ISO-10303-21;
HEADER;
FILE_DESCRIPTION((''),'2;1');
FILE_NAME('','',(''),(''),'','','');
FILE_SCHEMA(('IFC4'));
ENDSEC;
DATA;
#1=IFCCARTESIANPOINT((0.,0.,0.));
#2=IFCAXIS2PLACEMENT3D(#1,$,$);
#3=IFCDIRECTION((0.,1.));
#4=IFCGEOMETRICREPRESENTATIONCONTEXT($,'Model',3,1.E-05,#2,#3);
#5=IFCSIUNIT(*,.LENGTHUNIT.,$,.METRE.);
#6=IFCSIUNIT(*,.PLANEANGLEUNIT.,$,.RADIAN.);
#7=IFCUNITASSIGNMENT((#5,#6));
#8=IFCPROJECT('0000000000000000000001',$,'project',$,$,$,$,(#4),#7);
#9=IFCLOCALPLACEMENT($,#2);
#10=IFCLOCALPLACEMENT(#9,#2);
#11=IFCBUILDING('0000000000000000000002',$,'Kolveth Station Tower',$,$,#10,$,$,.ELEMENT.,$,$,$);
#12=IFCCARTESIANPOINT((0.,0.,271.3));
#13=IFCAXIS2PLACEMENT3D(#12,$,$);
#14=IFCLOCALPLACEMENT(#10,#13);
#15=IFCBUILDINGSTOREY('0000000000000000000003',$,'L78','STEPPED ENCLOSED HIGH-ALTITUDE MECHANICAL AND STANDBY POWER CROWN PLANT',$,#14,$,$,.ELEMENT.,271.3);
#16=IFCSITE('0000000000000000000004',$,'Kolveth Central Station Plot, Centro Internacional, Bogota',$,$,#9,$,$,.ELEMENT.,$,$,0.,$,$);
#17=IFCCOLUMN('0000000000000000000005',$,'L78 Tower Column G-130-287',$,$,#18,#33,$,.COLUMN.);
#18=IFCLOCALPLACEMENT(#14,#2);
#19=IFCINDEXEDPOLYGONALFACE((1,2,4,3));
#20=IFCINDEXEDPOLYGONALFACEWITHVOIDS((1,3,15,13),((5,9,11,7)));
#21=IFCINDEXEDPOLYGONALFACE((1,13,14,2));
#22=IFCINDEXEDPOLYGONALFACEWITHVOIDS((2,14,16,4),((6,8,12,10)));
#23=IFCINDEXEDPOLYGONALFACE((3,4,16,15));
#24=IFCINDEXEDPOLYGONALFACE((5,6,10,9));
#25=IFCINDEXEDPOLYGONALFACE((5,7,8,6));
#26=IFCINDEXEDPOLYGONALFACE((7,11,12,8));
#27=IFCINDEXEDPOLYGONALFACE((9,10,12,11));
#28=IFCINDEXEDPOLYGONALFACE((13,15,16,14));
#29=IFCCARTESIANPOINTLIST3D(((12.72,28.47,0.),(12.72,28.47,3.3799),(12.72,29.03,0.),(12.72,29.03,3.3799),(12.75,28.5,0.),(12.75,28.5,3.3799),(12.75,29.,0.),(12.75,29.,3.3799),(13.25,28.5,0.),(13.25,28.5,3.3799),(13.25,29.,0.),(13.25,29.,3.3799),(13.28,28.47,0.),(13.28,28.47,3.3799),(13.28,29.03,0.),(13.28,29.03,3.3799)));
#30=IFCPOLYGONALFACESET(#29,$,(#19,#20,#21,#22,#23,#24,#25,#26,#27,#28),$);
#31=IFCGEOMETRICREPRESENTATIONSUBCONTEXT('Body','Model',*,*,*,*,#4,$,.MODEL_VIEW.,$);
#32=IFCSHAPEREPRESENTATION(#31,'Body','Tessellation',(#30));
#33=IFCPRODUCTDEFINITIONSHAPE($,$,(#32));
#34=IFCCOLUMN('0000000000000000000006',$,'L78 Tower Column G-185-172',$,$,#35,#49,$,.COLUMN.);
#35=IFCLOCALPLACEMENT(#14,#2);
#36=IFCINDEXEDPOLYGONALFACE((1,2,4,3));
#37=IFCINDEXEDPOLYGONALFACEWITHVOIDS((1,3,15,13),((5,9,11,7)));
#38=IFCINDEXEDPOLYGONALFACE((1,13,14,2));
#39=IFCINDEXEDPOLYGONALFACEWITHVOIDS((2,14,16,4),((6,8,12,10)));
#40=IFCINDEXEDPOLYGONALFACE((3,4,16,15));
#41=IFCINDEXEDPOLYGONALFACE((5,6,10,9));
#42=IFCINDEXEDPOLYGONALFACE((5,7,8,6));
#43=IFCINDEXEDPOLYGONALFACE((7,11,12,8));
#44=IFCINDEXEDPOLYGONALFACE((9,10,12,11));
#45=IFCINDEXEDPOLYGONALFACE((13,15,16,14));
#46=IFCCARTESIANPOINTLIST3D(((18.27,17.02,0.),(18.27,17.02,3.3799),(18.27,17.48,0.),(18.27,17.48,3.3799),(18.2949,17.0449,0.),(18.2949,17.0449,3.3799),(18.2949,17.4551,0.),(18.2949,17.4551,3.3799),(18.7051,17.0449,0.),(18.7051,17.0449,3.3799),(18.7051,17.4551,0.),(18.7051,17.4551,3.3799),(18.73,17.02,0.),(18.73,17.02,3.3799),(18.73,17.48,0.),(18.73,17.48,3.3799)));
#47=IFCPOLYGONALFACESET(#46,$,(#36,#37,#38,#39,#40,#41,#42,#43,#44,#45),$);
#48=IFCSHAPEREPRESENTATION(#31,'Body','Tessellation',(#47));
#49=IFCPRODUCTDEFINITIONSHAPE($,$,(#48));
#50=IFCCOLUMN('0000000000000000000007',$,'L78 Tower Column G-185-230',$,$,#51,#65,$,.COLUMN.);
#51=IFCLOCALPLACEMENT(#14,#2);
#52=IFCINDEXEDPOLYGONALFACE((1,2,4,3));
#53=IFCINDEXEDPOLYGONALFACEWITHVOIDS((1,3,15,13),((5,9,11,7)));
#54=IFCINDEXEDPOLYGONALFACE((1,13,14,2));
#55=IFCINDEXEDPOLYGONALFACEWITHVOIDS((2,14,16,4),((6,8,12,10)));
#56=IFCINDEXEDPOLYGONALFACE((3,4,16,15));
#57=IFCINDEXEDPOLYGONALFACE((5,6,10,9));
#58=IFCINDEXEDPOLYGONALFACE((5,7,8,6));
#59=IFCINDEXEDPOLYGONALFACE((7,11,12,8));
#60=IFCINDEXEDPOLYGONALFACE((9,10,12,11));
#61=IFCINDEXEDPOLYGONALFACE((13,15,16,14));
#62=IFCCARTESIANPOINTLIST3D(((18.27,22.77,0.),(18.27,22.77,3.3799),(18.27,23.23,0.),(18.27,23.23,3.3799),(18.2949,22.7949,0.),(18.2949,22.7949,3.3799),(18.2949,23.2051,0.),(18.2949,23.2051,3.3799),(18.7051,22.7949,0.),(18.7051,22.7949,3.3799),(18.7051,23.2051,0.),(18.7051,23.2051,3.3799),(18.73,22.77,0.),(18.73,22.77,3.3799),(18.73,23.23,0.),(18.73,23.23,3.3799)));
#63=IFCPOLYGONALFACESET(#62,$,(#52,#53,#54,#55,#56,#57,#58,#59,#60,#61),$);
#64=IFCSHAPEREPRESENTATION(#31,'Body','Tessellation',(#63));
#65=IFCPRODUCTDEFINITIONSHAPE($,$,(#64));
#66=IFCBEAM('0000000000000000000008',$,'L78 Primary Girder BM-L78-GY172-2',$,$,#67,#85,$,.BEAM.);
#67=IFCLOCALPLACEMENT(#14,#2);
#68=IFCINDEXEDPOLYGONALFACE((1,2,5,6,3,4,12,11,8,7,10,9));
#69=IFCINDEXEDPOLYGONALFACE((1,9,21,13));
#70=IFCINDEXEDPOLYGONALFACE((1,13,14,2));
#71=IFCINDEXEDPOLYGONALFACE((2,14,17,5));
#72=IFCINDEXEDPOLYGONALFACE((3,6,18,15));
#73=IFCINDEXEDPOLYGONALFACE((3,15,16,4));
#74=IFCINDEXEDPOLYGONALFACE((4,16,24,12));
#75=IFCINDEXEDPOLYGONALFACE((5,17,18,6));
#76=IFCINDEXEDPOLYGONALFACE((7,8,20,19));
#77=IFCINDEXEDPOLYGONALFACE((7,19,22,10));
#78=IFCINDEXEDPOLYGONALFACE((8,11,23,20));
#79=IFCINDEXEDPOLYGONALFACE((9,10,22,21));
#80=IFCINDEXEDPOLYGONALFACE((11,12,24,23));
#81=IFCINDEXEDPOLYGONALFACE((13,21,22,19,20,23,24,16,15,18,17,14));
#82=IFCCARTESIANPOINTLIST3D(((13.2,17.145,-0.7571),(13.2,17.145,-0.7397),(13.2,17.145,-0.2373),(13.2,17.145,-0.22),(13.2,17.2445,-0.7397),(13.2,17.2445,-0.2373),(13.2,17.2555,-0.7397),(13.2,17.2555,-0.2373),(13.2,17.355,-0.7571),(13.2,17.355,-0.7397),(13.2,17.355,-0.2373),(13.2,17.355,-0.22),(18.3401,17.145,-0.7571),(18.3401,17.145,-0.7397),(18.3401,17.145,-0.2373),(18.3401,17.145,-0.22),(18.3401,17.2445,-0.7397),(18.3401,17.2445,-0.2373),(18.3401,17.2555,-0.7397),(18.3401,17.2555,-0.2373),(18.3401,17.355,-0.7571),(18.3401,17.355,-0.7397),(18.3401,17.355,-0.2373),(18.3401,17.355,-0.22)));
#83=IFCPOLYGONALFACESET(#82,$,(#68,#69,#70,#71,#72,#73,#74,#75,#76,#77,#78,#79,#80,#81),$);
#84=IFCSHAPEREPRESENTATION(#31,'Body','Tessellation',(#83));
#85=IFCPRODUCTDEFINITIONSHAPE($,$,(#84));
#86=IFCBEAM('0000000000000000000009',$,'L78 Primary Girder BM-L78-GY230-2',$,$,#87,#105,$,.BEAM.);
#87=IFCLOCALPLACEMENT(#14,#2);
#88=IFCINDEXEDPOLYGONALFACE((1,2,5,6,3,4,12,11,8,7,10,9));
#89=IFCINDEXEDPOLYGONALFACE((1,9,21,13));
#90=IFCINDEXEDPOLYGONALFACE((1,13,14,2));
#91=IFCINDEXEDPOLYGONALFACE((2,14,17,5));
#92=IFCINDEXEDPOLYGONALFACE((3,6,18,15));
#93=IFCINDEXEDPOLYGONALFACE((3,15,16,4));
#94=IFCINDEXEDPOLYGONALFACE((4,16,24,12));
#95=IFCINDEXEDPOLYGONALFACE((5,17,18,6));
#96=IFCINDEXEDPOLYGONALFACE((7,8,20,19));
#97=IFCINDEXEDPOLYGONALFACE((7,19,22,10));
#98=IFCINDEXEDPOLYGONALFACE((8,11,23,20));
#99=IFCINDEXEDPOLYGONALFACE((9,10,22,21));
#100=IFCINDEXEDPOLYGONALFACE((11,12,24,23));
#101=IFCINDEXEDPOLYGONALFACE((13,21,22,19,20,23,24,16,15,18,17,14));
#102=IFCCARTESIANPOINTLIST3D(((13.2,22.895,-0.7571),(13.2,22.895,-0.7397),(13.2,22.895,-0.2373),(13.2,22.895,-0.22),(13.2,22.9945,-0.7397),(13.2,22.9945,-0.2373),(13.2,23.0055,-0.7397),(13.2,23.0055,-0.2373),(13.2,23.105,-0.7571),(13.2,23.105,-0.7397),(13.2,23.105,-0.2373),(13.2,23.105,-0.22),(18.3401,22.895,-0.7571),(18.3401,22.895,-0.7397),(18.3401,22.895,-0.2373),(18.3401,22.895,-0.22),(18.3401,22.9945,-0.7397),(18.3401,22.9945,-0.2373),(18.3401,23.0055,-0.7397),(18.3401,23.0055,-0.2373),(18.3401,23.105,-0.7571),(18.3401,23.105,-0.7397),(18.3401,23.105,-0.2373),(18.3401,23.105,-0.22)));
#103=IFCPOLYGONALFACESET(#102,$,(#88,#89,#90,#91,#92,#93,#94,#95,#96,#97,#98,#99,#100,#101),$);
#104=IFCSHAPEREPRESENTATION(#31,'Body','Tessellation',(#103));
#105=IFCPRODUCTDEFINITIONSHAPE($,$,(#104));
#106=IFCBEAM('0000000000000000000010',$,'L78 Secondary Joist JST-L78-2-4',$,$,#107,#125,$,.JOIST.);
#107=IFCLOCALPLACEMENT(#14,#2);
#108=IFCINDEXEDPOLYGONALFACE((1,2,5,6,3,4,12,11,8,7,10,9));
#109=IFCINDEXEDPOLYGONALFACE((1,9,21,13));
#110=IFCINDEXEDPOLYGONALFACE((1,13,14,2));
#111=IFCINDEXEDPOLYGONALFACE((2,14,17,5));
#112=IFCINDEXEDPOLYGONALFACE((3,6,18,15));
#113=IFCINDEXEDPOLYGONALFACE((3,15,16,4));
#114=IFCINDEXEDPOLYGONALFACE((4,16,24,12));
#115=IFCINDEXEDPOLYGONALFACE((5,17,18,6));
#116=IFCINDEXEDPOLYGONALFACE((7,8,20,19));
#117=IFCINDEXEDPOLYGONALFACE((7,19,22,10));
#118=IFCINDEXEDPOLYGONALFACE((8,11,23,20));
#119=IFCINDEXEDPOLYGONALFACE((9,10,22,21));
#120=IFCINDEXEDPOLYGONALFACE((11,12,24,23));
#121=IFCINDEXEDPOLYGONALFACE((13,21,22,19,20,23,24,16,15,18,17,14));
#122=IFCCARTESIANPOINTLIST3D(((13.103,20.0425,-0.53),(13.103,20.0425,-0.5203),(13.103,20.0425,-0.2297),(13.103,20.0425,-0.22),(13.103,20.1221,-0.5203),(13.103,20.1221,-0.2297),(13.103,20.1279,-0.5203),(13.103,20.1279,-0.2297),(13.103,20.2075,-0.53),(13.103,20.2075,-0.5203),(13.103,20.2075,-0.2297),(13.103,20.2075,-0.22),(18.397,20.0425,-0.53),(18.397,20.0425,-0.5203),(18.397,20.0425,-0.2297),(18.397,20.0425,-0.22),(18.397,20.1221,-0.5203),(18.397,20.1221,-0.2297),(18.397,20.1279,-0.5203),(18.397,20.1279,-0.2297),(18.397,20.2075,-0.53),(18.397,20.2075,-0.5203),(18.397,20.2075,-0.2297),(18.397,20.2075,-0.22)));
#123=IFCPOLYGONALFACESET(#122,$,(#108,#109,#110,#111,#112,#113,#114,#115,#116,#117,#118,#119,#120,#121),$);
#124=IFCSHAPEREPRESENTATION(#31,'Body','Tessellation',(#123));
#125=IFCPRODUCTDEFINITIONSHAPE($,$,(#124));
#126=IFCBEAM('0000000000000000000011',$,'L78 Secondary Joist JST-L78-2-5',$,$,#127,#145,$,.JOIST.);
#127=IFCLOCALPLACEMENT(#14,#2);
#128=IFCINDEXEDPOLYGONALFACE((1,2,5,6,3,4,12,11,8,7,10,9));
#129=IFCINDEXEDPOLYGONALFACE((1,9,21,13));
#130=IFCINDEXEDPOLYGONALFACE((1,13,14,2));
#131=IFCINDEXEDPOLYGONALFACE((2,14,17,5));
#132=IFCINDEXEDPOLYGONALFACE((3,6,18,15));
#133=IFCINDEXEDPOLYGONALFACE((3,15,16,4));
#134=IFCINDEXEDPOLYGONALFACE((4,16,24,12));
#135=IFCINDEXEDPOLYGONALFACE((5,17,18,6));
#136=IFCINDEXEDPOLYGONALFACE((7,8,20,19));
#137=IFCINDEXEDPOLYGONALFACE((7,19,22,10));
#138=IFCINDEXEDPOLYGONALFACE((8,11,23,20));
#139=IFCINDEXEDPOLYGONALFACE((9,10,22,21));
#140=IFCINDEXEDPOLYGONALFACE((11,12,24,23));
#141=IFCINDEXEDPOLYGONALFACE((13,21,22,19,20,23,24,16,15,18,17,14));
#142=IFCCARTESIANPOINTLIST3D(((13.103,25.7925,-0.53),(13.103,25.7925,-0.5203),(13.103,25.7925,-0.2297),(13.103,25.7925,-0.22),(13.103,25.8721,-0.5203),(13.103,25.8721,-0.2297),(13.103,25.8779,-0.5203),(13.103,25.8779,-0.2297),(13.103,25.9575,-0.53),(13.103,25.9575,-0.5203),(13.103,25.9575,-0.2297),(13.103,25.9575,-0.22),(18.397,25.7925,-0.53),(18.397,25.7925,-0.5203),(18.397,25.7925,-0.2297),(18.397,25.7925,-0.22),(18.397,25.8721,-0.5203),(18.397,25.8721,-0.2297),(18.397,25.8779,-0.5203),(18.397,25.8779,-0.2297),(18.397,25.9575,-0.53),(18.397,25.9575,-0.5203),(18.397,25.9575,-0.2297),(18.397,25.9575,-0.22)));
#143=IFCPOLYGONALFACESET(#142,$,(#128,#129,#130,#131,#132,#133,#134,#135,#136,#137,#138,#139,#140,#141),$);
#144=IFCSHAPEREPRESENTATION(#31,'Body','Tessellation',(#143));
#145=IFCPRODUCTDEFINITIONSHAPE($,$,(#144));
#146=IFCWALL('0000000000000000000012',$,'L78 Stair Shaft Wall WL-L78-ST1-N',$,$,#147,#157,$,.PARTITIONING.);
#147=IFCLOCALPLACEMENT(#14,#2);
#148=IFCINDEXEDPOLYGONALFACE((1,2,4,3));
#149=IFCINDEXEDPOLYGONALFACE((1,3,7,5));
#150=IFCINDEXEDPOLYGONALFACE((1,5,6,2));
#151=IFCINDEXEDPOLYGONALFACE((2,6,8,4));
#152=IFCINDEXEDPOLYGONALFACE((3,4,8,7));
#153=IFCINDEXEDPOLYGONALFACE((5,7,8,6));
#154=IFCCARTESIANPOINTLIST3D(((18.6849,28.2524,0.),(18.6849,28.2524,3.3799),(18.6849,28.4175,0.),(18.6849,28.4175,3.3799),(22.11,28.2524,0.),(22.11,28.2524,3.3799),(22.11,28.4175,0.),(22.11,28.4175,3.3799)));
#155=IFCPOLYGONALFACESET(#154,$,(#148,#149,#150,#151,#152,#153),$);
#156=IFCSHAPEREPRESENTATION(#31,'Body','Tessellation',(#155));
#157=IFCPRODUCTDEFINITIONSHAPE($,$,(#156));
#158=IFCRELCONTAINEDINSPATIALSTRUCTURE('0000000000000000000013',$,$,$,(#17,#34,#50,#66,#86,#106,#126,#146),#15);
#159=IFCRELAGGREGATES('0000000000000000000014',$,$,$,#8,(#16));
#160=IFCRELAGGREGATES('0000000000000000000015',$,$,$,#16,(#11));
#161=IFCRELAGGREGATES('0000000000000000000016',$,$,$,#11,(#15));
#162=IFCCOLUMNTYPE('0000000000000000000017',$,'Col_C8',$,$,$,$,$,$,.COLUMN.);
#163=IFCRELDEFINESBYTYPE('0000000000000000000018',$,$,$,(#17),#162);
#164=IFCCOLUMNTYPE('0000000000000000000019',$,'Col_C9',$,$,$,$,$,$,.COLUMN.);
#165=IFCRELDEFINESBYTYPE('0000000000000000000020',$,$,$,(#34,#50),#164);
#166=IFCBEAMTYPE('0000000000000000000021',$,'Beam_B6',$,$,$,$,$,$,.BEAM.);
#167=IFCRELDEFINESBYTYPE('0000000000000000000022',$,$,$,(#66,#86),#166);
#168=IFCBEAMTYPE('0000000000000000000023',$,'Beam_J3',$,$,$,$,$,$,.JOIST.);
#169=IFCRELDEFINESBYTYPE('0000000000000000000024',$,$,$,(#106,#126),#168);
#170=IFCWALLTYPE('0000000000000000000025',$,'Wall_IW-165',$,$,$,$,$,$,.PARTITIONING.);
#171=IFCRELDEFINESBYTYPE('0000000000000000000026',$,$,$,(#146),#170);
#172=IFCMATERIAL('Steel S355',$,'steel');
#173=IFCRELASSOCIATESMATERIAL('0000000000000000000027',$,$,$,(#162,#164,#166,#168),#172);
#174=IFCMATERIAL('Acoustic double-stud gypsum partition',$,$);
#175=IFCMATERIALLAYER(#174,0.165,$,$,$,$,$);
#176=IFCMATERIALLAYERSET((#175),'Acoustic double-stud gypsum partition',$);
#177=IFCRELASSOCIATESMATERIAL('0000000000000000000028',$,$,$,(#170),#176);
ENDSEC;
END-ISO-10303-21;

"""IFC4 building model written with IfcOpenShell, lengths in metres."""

from ifc_helpers import new_model, si_unit, direction, frame, frame_2d, origin, origin_2d, place, context, subcontext, project, spatial, rectangle, hollow_rectangle, i_section, extrude, source, transform, mapped, material, layer, layer_set, material_profile, profile_set, type_object, element, save


model = new_model("IFC4")

# Units and contexts
model_context = context("Model", 3, precision=1e-05, world=origin(), true_north=direction((0.0, 1.0)))
body_context = subcontext(model_context, "Body", "Model", "MODEL_VIEW")
ifc_project = project(units=[si_unit("LENGTHUNIT", "METRE"), si_unit("PLANEANGLEUNIT", "RADIAN")], contexts=[model_context])

# Site, building, storey
site_placement = place(None, origin())
site = spatial("IfcSite", under=ifc_project, at=site_placement, Name="Kolveth Central Station Plot, Centro Internacional, Bogota", CompositionType="ELEMENT", RefElevation=0.0)
building_placement = place(site_placement, origin())
building = spatial("IfcBuilding", under=site, at=building_placement, Name="Kolveth Station Tower", CompositionType="ELEMENT")
storey_placement = place(building_placement, frame((0.0, 0.0, 271.3)))
storey = spatial("IfcBuildingStorey", under=building, at=storey_placement, Name="L78", Description="STEPPED ENCLOSED HIGH-ALTITUDE MECHANICAL AND STANDBY POWER CROWN PLANT", CompositionType="ELEMENT", Elevation=271.3)

# Columns
ifc_material_1 = material(Name="Steel S355", Category="steel")
ifc_material_profile_1 = material_profile(ifc_material_1, hollow_rectangle(XDim=0.5601, YDim=0.5601, WallThickness=0.03, at=origin_2d()), Name="BOX560x560x30")
ifc_profile_set_1 = profile_set([ifc_material_profile_1], Name="Steel S355")
column_type_1 = type_object("IfcColumnType", Name="Col_C8", PredefinedType="COLUMN", material=ifc_profile_set_1)
shared_shape_1 = source(origin(), body_context, "Body", "SweptSolid", [
    extrude(hollow_rectangle(XDim=0.5601, YDim=0.5601, WallThickness=0.03, at=origin_2d()), origin(), (0.0, 0.0, 1.0), 3.3799),
])
column_placement = place(storey_placement, frame((13.0, 28.75, 0.0), z_axis=(0.0, 0.0, 1.0), x_axis=(1.0, 0.0, 0.0)))
element("IfcColumn", 1, at=column_placement, inside=storey, type_object=column_type_1, Name="L78 Tower Column G-130-287", PredefinedType="COLUMN", context=body_context, shape_type="MappedRepresentation", body=[
    mapped(shared_shape_1, transform((0.0, 0.0, 0.0), x_axis=(1.0, 0.0, 0.0), y_axis=(0.0, 1.0, 0.0), z_axis=(0.0, 0.0, 1.0), scale=1.0)),
])
ifc_material_profile_2 = material_profile(ifc_material_1, hollow_rectangle(XDim=0.46, YDim=0.46, WallThickness=0.0249, at=origin_2d()), Name="BOX460x460x25")
ifc_profile_set_2 = profile_set([ifc_material_profile_2], Name="Steel S355")
column_type_2 = type_object("IfcColumnType", Name="Col_C9", PredefinedType="COLUMN", material=ifc_profile_set_2)
shared_shape_2 = source(origin(), body_context, "Body", "SweptSolid", [
    extrude(hollow_rectangle(XDim=0.46, YDim=0.46, WallThickness=0.0249, at=origin_2d()), origin(), (0.0, 0.0, 1.0), 3.3799),
])
for number, where, z_axis, x_axis, name in (
    (2, (18.5, 17.25, 0.0), (0.0, 0.0, 1.0), (1.0, 0.0, 0.0), "L78 Tower Column G-185-172"),
    (3, (18.5, 23.0, 0.0), (0.0, 0.0, 1.0), (1.0, 0.0, 0.0), "L78 Tower Column G-185-230"),
):
    element("IfcColumn", number, at=place(storey_placement, frame(where, z_axis=z_axis, x_axis=x_axis)), inside=storey, type_object=column_type_2, Name=name, PredefinedType="COLUMN", context=body_context, shape_type="MappedRepresentation", body=[
        mapped(shared_shape_2, transform((0.0, 0.0, 0.0), x_axis=(1.0, 0.0, 0.0), y_axis=(0.0, 1.0, 0.0), z_axis=(0.0, 0.0, 1.0), scale=1.0)),
    ])

# Beams
ifc_material_profile_3 = material_profile(ifc_material_1, i_section(OverallWidth=0.21, OverallDepth=0.5371, WebThickness=0.011, FlangeThickness=0.0173, at=origin_2d()), Name="W530x101")
ifc_profile_set_3 = profile_set([ifc_material_profile_3], Name="Steel S355")
beam_type_1 = type_object("IfcBeamType", Name="Beam_B6", PredefinedType="BEAM", material=ifc_profile_set_3)
shared_shape_3 = source(origin(), body_context, "Body", "SweptSolid", [
    extrude(i_section(OverallWidth=0.21, OverallDepth=0.5371, WebThickness=0.011, FlangeThickness=0.0173, at=origin_2d()), origin(), (0.0, 0.0, 1.0), 5.1401),
])
for number, where, z_axis, x_axis, name in (
    (4, (13.2, 17.25, -0.4885), (1.0, 0.0, 0.0), (0.0, 1.0, 0.0), "L78 Primary Girder BM-L78-GY172-2"),
    (5, (13.2, 23.0, -0.4885), (1.0, 0.0, 0.0), (0.0, 1.0, 0.0), "L78 Primary Girder BM-L78-GY230-2"),
):
    element("IfcBeam", number, at=place(storey_placement, frame(where, z_axis=z_axis, x_axis=x_axis)), inside=storey, type_object=beam_type_1, Name=name, PredefinedType="BEAM", context=body_context, shape_type="MappedRepresentation", body=[
        mapped(shared_shape_3, transform((0.0, 0.0, 0.0), x_axis=(1.0, 0.0, 0.0), y_axis=(0.0, 1.0, 0.0), z_axis=(0.0, 0.0, 1.0), scale=1.0)),
    ])
ifc_material_profile_4 = material_profile(ifc_material_1, i_section(OverallWidth=0.165, OverallDepth=0.3101, WebThickness=0.0059, FlangeThickness=0.0098, at=origin_2d()), Name="W310x39")
ifc_profile_set_4 = profile_set([ifc_material_profile_4], Name="Steel S355")
beam_type_2 = type_object("IfcBeamType", Name="Beam_J3", PredefinedType="JOIST", material=ifc_profile_set_4)
shared_shape_4 = source(origin(), body_context, "Body", "SweptSolid", [
    extrude(i_section(OverallWidth=0.165, OverallDepth=0.3101, WebThickness=0.0059, FlangeThickness=0.0098, at=origin_2d()), origin(), (0.0, 0.0, 1.0), 5.2939),
])
for number, where, z_axis, x_axis, name in (
    (6, (13.103, 20.125, -0.375), (1.0, 0.0, 0.0), (0.0, 1.0, 0.0), "L78 Secondary Joist JST-L78-2-4"),
    (7, (13.103, 25.875, -0.375), (1.0, 0.0, 0.0), (0.0, 1.0, 0.0), "L78 Secondary Joist JST-L78-2-5"),
):
    element("IfcBeam", number, at=place(storey_placement, frame(where, z_axis=z_axis, x_axis=x_axis)), inside=storey, type_object=beam_type_2, Name=name, PredefinedType="JOIST", context=body_context, shape_type="MappedRepresentation", body=[
        mapped(shared_shape_4, transform((0.0, 0.0, 0.0), x_axis=(1.0, 0.0, 0.0), y_axis=(0.0, 1.0, 0.0), z_axis=(0.0, 0.0, 1.0), scale=1.0)),
    ])

# Wall
ifc_material_2 = material(Name="Acoustic double-stud gypsum partition")
ifc_layer_1 = layer(ifc_material_2, 0.165)
ifc_layer_set_1 = layer_set([ifc_layer_1], Name="Acoustic double-stud gypsum partition")
wall_type_1 = type_object("IfcWallType", Name="Wall_IW-165", PredefinedType="PARTITIONING", material=ifc_layer_set_1)
wall_1_placement = place(storey_placement, frame((18.6851, 28.335, 0.0), z_axis=(0.0, 0.0, 1.0), x_axis=(1.0, 0.0, 0.0)))
element("IfcWall", 8, at=wall_1_placement, inside=storey, type_object=wall_type_1, Name="L78 Stair Shaft Wall WL-L78-ST1-N", PredefinedType="PARTITIONING", context=body_context, shape_type="SweptSolid", body=[
    extrude(rectangle(XDim=3.425, YDim=0.165, at=frame_2d((1.7124, 0.0))), origin(), (0.0, 0.0, 1.0), 3.3799),
])

save(model, "model.ifc")
